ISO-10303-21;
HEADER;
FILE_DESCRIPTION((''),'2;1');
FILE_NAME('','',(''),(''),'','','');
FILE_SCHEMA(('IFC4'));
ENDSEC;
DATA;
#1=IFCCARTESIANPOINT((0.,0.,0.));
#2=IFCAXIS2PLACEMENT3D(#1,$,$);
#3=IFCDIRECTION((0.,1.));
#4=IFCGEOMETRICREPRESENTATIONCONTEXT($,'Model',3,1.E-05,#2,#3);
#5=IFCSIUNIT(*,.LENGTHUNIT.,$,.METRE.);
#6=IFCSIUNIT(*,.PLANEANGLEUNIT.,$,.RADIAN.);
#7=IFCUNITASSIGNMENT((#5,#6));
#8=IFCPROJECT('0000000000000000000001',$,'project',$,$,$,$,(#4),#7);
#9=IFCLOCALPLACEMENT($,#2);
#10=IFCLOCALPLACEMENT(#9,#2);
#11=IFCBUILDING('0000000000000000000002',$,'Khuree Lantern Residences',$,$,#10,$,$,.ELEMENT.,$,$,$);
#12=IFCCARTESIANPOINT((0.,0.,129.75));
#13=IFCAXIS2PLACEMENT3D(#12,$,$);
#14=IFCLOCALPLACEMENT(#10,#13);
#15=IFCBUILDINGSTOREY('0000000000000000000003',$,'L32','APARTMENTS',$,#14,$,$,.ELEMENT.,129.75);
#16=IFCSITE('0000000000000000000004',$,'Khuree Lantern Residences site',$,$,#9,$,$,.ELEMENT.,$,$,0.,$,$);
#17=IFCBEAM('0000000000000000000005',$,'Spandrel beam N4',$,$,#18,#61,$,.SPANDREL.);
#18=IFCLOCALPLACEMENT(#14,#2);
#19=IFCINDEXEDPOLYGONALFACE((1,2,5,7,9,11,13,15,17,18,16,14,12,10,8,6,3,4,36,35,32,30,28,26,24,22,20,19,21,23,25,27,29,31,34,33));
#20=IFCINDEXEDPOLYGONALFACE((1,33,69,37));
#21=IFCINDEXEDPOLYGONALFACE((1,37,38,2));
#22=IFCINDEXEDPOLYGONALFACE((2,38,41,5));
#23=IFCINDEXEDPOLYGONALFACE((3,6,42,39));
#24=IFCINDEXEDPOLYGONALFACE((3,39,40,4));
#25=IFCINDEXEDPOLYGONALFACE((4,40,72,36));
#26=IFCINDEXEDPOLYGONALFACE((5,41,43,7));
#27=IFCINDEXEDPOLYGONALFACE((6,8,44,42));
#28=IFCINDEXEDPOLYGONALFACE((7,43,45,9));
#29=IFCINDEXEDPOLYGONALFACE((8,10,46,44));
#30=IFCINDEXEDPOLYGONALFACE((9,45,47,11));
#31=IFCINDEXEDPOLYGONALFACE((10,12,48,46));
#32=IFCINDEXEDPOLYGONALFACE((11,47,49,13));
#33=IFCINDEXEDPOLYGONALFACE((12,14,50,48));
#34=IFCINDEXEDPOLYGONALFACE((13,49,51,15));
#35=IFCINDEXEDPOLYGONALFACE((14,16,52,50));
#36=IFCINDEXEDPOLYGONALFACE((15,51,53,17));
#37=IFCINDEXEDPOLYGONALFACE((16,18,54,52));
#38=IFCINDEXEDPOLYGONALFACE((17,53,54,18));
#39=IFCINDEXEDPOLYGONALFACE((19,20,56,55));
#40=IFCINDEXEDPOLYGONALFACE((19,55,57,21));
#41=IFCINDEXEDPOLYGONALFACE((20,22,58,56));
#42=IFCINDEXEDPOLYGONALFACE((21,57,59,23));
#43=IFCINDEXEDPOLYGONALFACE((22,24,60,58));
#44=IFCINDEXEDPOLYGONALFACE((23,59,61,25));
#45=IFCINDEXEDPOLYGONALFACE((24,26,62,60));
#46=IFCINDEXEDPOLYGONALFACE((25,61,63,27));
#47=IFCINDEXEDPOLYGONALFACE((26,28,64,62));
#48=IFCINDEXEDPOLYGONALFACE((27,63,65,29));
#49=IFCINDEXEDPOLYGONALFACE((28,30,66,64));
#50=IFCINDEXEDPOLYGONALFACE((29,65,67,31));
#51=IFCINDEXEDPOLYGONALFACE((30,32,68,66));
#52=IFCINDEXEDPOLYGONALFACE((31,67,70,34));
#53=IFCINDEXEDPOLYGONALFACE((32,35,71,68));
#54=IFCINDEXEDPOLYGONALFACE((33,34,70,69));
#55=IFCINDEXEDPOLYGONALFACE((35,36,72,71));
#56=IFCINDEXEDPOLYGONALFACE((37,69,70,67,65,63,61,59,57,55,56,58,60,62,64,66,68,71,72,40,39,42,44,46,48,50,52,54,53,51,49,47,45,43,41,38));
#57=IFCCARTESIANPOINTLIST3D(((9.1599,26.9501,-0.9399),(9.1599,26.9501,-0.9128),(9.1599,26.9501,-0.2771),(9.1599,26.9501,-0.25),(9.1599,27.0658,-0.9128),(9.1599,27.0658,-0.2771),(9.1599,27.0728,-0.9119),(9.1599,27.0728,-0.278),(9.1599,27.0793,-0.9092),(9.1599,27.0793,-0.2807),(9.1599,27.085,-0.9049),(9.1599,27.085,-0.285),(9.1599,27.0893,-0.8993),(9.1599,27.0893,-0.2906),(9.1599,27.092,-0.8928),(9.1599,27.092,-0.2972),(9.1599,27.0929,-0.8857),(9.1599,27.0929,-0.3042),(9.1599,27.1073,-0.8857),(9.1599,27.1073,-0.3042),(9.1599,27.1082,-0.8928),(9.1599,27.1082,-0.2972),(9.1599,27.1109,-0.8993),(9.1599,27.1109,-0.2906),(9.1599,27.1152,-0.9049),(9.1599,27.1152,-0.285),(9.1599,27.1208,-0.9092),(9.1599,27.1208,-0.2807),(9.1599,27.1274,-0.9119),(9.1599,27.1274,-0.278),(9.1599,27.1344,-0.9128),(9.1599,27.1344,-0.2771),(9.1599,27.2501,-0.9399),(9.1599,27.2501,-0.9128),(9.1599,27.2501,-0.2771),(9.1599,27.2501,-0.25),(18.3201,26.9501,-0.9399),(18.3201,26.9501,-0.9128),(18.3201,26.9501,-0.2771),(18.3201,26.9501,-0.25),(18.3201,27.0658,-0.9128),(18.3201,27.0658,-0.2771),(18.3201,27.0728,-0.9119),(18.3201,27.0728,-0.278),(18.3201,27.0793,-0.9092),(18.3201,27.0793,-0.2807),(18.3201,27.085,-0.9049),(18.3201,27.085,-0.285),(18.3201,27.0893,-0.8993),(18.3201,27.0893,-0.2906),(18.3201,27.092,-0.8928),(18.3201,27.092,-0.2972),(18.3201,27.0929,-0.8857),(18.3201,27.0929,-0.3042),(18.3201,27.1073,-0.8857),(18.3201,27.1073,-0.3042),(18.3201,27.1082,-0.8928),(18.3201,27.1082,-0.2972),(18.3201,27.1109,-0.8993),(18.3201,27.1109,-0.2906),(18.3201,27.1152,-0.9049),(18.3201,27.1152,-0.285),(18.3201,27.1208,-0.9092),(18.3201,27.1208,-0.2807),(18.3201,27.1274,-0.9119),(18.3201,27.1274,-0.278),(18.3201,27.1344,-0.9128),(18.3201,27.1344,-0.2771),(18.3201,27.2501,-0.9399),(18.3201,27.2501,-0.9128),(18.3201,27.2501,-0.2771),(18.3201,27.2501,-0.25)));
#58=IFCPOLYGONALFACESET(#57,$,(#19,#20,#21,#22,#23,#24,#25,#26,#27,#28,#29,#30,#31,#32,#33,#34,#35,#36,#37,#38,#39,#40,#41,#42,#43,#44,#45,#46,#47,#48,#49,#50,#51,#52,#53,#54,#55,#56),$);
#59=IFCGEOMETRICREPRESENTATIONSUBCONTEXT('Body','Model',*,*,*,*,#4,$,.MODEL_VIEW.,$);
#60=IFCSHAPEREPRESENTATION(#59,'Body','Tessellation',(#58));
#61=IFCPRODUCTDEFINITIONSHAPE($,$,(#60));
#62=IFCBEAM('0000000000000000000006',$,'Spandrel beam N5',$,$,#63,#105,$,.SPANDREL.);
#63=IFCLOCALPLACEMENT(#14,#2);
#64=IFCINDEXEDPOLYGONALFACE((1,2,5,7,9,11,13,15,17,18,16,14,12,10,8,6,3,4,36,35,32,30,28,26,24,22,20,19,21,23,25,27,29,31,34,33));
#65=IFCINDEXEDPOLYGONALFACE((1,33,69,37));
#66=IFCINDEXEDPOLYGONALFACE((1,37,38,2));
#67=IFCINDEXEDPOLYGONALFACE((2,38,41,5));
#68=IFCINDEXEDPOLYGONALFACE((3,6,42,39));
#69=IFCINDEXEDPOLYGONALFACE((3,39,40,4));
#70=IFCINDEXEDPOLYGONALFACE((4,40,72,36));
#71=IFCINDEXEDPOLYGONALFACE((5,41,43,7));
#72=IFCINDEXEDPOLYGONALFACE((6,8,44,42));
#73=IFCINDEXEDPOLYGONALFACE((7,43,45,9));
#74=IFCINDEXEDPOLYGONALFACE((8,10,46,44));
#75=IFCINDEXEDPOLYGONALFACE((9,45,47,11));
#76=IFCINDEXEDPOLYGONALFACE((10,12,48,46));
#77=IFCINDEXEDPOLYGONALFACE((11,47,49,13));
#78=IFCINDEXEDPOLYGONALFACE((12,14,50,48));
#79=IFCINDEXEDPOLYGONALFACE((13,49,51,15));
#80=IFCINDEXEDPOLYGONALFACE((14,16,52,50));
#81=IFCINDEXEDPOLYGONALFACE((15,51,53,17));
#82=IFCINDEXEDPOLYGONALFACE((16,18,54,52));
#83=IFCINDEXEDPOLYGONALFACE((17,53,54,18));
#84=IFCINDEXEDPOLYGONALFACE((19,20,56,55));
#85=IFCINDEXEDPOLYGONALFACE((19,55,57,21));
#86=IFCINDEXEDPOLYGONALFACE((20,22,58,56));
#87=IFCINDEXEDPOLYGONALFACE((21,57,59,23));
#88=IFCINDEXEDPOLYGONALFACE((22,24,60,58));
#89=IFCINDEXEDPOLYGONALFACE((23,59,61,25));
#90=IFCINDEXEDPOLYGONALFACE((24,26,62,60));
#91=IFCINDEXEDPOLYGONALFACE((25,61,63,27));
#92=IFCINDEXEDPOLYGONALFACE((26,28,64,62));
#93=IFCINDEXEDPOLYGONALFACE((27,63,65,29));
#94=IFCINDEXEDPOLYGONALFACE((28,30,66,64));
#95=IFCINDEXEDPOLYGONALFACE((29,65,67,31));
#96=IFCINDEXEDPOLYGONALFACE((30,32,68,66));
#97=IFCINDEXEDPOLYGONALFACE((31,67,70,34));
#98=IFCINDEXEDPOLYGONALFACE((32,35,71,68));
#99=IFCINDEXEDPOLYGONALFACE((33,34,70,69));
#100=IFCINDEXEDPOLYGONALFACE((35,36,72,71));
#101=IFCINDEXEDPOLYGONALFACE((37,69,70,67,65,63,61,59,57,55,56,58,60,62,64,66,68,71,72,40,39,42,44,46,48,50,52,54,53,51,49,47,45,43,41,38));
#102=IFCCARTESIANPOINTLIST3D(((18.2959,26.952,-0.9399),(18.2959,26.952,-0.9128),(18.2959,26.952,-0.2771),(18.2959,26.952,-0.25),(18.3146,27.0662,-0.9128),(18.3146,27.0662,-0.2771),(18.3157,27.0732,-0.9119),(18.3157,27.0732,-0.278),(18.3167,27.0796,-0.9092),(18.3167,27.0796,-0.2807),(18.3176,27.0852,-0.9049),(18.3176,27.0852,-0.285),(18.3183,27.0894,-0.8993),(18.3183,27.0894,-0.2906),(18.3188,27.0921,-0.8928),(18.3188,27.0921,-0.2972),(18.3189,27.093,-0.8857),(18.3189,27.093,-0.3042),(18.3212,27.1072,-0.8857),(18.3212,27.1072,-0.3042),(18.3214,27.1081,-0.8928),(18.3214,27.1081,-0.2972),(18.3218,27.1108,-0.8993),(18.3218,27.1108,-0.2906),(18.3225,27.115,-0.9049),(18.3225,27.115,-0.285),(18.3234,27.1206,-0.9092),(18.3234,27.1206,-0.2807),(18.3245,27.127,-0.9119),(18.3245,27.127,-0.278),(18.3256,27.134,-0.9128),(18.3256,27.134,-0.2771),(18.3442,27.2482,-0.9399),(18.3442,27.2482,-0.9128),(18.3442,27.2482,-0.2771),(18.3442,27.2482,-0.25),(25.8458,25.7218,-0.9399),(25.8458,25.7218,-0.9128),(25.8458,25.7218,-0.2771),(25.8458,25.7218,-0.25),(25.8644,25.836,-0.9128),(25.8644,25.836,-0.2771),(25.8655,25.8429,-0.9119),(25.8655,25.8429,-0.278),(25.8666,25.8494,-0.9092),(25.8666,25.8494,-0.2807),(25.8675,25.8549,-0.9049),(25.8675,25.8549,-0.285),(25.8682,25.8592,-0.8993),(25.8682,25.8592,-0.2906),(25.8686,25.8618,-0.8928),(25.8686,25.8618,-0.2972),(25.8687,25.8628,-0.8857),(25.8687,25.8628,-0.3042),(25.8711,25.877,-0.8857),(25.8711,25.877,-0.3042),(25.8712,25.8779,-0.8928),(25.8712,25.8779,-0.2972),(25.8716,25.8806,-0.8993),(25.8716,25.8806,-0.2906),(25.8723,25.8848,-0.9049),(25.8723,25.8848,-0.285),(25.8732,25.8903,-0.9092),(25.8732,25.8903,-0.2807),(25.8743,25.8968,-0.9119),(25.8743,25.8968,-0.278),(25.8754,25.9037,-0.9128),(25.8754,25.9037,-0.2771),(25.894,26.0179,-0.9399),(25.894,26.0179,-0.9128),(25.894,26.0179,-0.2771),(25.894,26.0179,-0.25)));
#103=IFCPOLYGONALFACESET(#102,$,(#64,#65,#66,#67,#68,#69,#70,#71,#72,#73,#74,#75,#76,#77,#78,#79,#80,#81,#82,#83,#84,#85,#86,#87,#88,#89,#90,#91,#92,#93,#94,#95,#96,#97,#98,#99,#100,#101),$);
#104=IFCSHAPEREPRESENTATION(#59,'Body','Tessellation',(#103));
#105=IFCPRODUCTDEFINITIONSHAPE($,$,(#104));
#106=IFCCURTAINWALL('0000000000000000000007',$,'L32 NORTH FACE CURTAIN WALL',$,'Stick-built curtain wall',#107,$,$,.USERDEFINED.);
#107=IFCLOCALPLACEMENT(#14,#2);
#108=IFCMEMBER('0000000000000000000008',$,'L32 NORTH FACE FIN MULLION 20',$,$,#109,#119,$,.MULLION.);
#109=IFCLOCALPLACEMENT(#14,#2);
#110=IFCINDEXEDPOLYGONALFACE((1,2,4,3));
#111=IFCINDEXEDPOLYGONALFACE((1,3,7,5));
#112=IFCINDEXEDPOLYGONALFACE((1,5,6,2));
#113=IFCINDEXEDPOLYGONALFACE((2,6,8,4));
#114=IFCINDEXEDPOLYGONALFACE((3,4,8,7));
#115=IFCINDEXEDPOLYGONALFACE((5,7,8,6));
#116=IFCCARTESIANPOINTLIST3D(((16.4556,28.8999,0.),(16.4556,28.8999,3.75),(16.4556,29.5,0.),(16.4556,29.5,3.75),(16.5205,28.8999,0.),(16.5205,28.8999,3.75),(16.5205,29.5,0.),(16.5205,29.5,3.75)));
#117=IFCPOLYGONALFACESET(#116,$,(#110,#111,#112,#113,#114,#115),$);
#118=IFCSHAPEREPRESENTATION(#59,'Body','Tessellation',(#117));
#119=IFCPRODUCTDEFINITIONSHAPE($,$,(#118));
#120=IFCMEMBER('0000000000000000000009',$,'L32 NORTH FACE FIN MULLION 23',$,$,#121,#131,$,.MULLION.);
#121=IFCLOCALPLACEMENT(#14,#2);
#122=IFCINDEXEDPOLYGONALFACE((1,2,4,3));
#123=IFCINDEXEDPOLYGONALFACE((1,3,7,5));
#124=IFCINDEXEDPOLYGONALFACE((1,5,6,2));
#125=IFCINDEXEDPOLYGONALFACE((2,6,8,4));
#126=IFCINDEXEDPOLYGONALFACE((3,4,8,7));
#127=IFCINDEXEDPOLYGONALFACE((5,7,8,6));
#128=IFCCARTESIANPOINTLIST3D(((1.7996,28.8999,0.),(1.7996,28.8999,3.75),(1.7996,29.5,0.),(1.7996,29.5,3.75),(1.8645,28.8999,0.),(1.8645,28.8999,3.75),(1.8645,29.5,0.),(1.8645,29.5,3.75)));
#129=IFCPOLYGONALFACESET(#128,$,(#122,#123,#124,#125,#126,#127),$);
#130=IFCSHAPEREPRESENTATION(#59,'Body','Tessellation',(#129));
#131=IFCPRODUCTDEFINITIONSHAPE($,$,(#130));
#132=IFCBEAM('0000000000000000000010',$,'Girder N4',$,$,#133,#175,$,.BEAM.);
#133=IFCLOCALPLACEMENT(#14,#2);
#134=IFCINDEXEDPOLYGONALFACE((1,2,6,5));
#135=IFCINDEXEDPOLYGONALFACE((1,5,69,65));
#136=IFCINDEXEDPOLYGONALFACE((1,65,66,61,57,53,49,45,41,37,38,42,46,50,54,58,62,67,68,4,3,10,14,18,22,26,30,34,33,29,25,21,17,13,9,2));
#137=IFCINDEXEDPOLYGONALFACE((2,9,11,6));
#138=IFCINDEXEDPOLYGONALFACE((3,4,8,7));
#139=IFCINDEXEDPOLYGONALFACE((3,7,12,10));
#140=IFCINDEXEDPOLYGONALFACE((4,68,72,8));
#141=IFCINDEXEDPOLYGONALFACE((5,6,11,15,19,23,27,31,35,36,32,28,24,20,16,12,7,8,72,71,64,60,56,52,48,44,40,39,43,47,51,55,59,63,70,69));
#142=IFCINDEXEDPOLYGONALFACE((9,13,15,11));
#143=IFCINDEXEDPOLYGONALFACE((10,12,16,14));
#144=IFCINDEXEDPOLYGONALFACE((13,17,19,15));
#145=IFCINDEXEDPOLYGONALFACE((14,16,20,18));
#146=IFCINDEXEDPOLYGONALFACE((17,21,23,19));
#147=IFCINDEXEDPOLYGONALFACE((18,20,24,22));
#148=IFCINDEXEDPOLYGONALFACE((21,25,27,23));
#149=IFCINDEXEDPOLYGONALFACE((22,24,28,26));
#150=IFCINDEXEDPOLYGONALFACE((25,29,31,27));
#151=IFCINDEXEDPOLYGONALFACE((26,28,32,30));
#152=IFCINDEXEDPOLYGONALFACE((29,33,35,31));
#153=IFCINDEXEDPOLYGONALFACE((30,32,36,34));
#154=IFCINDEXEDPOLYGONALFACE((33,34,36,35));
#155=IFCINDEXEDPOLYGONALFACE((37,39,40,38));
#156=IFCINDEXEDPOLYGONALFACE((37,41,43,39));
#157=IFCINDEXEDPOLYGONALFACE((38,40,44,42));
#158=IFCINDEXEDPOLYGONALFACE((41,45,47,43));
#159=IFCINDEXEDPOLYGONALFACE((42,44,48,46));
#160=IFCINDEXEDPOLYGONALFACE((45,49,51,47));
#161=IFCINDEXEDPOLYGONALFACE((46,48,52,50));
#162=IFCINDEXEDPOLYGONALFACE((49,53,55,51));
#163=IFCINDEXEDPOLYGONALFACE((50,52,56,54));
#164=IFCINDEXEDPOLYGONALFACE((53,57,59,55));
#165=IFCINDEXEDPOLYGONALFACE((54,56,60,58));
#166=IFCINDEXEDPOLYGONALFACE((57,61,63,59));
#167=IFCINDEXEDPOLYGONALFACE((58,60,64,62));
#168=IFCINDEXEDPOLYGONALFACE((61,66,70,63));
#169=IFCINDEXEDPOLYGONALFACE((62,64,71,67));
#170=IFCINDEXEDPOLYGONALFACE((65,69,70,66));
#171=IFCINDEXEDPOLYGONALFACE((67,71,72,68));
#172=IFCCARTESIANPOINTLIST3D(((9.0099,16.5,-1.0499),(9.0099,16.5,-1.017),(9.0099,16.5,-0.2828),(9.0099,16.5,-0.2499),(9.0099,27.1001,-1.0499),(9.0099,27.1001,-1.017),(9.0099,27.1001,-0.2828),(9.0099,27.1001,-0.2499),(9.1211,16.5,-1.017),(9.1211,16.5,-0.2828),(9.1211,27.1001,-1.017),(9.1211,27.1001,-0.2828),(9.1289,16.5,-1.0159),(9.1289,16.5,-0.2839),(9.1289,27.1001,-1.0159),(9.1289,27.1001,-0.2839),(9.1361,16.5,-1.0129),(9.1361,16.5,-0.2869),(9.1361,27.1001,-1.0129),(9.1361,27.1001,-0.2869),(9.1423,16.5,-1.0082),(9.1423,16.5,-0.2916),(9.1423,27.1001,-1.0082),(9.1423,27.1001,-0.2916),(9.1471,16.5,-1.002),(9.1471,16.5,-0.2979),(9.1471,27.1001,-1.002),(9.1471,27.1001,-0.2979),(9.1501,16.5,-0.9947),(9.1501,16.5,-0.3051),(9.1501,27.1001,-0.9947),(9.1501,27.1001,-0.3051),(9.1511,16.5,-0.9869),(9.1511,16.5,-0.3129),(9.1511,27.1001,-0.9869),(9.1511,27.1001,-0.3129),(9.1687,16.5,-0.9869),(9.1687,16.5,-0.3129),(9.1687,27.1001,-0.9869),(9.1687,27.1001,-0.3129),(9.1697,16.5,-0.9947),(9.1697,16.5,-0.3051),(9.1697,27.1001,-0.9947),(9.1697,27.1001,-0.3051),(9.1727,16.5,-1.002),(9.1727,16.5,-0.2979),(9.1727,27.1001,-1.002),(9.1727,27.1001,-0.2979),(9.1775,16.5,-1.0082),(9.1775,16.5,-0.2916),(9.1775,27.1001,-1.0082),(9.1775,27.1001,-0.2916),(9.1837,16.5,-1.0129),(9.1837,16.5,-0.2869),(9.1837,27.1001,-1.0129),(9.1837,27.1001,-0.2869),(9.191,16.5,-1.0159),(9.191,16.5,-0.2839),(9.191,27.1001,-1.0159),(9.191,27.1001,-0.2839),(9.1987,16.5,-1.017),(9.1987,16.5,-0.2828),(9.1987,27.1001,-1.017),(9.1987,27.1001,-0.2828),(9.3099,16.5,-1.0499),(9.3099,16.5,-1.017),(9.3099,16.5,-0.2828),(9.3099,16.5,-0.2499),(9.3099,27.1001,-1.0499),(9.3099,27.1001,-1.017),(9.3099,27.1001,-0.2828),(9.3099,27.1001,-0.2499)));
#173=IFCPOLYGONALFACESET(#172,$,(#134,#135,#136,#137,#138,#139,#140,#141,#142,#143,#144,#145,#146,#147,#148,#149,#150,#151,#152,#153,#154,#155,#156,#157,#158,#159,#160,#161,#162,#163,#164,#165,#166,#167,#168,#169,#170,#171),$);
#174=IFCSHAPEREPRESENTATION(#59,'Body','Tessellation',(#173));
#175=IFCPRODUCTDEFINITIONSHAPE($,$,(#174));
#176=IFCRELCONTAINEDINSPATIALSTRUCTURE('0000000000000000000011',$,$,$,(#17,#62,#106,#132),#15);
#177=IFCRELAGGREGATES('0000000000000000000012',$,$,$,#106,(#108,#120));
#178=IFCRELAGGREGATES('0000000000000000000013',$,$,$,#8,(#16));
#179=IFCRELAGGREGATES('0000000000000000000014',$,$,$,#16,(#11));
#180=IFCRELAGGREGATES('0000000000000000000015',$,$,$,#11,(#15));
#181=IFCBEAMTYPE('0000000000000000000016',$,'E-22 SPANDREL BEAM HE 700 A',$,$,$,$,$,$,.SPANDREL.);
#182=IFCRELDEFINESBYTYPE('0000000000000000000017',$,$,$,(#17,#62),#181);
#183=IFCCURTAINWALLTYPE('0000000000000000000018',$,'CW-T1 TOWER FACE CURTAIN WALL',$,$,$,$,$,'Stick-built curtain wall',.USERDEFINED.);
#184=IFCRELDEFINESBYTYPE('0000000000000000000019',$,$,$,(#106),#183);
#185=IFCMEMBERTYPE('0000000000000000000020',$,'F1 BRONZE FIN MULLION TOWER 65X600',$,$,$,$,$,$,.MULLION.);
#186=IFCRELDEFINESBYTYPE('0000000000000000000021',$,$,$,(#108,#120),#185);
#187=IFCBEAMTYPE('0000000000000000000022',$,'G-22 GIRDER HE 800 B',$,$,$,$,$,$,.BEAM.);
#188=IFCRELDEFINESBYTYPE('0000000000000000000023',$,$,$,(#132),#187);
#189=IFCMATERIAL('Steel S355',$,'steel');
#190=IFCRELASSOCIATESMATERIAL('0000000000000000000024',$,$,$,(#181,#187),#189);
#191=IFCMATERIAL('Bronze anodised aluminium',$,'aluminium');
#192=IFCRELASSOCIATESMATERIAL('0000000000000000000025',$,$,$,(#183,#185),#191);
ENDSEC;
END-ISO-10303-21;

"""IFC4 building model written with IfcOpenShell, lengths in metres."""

from ifc_helpers import new_model, si_unit, direction, frame, origin, origin_2d, place, context, subcontext, project, spatial, rectangle, i_section, extrude, material, material_profile, profile_set, type_object, element, aggregate, save


model = new_model("IFC4")

# Units and contexts
model_context = context("Model", 3, precision=1e-05, world=origin(), true_north=direction((0.0, 1.0)))
body_context = subcontext(model_context, "Body", "Model", "MODEL_VIEW")
ifc_project = project(units=[si_unit("LENGTHUNIT", "METRE"), si_unit("PLANEANGLEUNIT", "RADIAN")], contexts=[model_context])

# Site, building, storey
site_placement = place(None, origin())
site = spatial("IfcSite", under=ifc_project, at=site_placement, Name="Khuree Lantern Residences site", CompositionType="ELEMENT", RefElevation=0.0)
building_placement = place(site_placement, origin())
building = spatial("IfcBuilding", under=site, at=building_placement, Name="Khuree Lantern Residences", CompositionType="ELEMENT")
storey_placement = place(building_placement, frame((0.0, 0.0, 129.75)))
storey = spatial("IfcBuildingStorey", under=building, at=storey_placement, Name="L32", Description="APARTMENTS", CompositionType="ELEMENT", Elevation=129.75)

# Beams
ifc_material_1 = material(Name="Steel S355", Category="steel")
ifc_material_profile_1 = material_profile(ifc_material_1, i_section(OverallWidth=0.3, OverallDepth=0.6899, WebThickness=0.0144, FlangeThickness=0.0271, FilletRadius=0.0271, at=origin_2d()), Name="HE 700 A")
ifc_profile_set_1 = profile_set([ifc_material_profile_1], Name="Steel S355")
beam_type_1 = type_object("IfcBeamType", Name="E-22 SPANDREL BEAM HE 700 A", PredefinedType="SPANDREL", material=ifc_profile_set_1)
beam_1_placement = place(storey_placement, frame((9.1599, 27.1001, -0.595), z_axis=(1.0, 0.0, 0.0), x_axis=(0.0, 1.0, 0.0)))
element("IfcBeam", 1, at=beam_1_placement, inside=storey, type_object=beam_type_1, Name="Spandrel beam N4", PredefinedType="SPANDREL", context=body_context, shape_type="SweptSolid", body=[
    extrude(i_section(OverallWidth=0.3, OverallDepth=0.6899, WebThickness=0.0144, FlangeThickness=0.0271, FilletRadius=0.0271, at=origin_2d()), origin(), (0.0, 0.0, 1.0), 9.1602),
])
beam_2_placement = place(storey_placement, frame((18.3201, 27.1001, -0.595), z_axis=(0.986983, -0.160827, 0.0), x_axis=(0.160827, 0.986983, 0.0)))
element("IfcBeam", 2, at=beam_2_placement, inside=storey, type_object=beam_type_1, Name="Spandrel beam N5", PredefinedType="SPANDREL", context=body_context, shape_type="SweptSolid", body=[
    extrude(i_section(OverallWidth=0.3, OverallDepth=0.6899, WebThickness=0.0144, FlangeThickness=0.0271, FilletRadius=0.0271, at=origin_2d()), origin(), (0.0, 0.0, 1.0), 7.6494),
])

# Curtain wall, members
ifc_material_2 = material(Name="Bronze anodised aluminium", Category="aluminium")
curtain_wall_type = type_object("IfcCurtainWallType", Name="CW-T1 TOWER FACE CURTAIN WALL", ElementType="Stick-built curtain wall", PredefinedType="USERDEFINED", material=ifc_material_2)
curtain_wall_placement = place(storey_placement, origin())
curtain_wall = element("IfcCurtainWall", 3, at=curtain_wall_placement, inside=storey, type_object=curtain_wall_type, Name="L32 NORTH FACE CURTAIN WALL", ObjectType="Stick-built curtain wall", PredefinedType="USERDEFINED")
ifc_material_profile_2 = material_profile(ifc_material_2, rectangle(XDim=0.0649, YDim=0.6001, at=origin_2d()), Name="F1 65X600")
ifc_profile_set_2 = profile_set([ifc_material_profile_2], Name="Bronze anodised aluminium")
member_type_1 = type_object("IfcMemberType", Name="F1 BRONZE FIN MULLION TOWER 65X600", PredefinedType="MULLION", material=ifc_profile_set_2)
member_1_placement = place(storey_placement, frame((16.488, 29.2, 0.0), z_axis=(0.0, 0.0, 1.0), x_axis=(-1.0, 0.0, 0.0)))
member_1 = element("IfcMember", 4, at=member_1_placement, type_object=member_type_1, Name="L32 NORTH FACE FIN MULLION 20", PredefinedType="MULLION", context=body_context, shape_type="SweptSolid", body=[
    extrude(rectangle(XDim=0.0649, YDim=0.6001, at=origin_2d()), origin(), (0.0, 0.0, 1.0), 3.75),
])
member_2_placement = place(storey_placement, frame((1.832, 29.2, 0.0), z_axis=(0.0, 0.0, 1.0), x_axis=(-1.0, 0.0, 0.0)))
member_2 = element("IfcMember", 5, at=member_2_placement, type_object=member_type_1, Name="L32 NORTH FACE FIN MULLION 23", PredefinedType="MULLION", context=body_context, shape_type="SweptSolid", body=[
    extrude(rectangle(XDim=0.0649, YDim=0.6001, at=origin_2d()), origin(), (0.0, 0.0, 1.0), 3.75),
])

# Beam
ifc_material_profile_3 = material_profile(ifc_material_1, i_section(OverallWidth=0.3, OverallDepth=0.8, WebThickness=0.0176, FlangeThickness=0.033, FilletRadius=0.03, at=origin_2d()), Name="HE 800 B")
ifc_profile_set_3 = profile_set([ifc_material_profile_3], Name="Steel S355")
beam_type_2 = type_object("IfcBeamType", Name="G-22 GIRDER HE 800 B", PredefinedType="BEAM", material=ifc_profile_set_3)
beam_3_placement = place(storey_placement, frame((9.1599, 27.1001, -0.6499), z_axis=(0.0, -1.0, 0.0), x_axis=(1.0, 0.0, 0.0)))
element("IfcBeam", 6, at=beam_3_placement, inside=storey, type_object=beam_type_2, Name="Girder N4", PredefinedType="BEAM", context=body_context, shape_type="SweptSolid", body=[
    extrude(i_section(OverallWidth=0.3, OverallDepth=0.8, WebThickness=0.0176, FlangeThickness=0.033, FilletRadius=0.03, at=origin_2d()), origin(), (0.0, 0.0, 1.0), 10.6001),
])

aggregate(curtain_wall, [member_1, member_2])

save(model, "model.ifc")
